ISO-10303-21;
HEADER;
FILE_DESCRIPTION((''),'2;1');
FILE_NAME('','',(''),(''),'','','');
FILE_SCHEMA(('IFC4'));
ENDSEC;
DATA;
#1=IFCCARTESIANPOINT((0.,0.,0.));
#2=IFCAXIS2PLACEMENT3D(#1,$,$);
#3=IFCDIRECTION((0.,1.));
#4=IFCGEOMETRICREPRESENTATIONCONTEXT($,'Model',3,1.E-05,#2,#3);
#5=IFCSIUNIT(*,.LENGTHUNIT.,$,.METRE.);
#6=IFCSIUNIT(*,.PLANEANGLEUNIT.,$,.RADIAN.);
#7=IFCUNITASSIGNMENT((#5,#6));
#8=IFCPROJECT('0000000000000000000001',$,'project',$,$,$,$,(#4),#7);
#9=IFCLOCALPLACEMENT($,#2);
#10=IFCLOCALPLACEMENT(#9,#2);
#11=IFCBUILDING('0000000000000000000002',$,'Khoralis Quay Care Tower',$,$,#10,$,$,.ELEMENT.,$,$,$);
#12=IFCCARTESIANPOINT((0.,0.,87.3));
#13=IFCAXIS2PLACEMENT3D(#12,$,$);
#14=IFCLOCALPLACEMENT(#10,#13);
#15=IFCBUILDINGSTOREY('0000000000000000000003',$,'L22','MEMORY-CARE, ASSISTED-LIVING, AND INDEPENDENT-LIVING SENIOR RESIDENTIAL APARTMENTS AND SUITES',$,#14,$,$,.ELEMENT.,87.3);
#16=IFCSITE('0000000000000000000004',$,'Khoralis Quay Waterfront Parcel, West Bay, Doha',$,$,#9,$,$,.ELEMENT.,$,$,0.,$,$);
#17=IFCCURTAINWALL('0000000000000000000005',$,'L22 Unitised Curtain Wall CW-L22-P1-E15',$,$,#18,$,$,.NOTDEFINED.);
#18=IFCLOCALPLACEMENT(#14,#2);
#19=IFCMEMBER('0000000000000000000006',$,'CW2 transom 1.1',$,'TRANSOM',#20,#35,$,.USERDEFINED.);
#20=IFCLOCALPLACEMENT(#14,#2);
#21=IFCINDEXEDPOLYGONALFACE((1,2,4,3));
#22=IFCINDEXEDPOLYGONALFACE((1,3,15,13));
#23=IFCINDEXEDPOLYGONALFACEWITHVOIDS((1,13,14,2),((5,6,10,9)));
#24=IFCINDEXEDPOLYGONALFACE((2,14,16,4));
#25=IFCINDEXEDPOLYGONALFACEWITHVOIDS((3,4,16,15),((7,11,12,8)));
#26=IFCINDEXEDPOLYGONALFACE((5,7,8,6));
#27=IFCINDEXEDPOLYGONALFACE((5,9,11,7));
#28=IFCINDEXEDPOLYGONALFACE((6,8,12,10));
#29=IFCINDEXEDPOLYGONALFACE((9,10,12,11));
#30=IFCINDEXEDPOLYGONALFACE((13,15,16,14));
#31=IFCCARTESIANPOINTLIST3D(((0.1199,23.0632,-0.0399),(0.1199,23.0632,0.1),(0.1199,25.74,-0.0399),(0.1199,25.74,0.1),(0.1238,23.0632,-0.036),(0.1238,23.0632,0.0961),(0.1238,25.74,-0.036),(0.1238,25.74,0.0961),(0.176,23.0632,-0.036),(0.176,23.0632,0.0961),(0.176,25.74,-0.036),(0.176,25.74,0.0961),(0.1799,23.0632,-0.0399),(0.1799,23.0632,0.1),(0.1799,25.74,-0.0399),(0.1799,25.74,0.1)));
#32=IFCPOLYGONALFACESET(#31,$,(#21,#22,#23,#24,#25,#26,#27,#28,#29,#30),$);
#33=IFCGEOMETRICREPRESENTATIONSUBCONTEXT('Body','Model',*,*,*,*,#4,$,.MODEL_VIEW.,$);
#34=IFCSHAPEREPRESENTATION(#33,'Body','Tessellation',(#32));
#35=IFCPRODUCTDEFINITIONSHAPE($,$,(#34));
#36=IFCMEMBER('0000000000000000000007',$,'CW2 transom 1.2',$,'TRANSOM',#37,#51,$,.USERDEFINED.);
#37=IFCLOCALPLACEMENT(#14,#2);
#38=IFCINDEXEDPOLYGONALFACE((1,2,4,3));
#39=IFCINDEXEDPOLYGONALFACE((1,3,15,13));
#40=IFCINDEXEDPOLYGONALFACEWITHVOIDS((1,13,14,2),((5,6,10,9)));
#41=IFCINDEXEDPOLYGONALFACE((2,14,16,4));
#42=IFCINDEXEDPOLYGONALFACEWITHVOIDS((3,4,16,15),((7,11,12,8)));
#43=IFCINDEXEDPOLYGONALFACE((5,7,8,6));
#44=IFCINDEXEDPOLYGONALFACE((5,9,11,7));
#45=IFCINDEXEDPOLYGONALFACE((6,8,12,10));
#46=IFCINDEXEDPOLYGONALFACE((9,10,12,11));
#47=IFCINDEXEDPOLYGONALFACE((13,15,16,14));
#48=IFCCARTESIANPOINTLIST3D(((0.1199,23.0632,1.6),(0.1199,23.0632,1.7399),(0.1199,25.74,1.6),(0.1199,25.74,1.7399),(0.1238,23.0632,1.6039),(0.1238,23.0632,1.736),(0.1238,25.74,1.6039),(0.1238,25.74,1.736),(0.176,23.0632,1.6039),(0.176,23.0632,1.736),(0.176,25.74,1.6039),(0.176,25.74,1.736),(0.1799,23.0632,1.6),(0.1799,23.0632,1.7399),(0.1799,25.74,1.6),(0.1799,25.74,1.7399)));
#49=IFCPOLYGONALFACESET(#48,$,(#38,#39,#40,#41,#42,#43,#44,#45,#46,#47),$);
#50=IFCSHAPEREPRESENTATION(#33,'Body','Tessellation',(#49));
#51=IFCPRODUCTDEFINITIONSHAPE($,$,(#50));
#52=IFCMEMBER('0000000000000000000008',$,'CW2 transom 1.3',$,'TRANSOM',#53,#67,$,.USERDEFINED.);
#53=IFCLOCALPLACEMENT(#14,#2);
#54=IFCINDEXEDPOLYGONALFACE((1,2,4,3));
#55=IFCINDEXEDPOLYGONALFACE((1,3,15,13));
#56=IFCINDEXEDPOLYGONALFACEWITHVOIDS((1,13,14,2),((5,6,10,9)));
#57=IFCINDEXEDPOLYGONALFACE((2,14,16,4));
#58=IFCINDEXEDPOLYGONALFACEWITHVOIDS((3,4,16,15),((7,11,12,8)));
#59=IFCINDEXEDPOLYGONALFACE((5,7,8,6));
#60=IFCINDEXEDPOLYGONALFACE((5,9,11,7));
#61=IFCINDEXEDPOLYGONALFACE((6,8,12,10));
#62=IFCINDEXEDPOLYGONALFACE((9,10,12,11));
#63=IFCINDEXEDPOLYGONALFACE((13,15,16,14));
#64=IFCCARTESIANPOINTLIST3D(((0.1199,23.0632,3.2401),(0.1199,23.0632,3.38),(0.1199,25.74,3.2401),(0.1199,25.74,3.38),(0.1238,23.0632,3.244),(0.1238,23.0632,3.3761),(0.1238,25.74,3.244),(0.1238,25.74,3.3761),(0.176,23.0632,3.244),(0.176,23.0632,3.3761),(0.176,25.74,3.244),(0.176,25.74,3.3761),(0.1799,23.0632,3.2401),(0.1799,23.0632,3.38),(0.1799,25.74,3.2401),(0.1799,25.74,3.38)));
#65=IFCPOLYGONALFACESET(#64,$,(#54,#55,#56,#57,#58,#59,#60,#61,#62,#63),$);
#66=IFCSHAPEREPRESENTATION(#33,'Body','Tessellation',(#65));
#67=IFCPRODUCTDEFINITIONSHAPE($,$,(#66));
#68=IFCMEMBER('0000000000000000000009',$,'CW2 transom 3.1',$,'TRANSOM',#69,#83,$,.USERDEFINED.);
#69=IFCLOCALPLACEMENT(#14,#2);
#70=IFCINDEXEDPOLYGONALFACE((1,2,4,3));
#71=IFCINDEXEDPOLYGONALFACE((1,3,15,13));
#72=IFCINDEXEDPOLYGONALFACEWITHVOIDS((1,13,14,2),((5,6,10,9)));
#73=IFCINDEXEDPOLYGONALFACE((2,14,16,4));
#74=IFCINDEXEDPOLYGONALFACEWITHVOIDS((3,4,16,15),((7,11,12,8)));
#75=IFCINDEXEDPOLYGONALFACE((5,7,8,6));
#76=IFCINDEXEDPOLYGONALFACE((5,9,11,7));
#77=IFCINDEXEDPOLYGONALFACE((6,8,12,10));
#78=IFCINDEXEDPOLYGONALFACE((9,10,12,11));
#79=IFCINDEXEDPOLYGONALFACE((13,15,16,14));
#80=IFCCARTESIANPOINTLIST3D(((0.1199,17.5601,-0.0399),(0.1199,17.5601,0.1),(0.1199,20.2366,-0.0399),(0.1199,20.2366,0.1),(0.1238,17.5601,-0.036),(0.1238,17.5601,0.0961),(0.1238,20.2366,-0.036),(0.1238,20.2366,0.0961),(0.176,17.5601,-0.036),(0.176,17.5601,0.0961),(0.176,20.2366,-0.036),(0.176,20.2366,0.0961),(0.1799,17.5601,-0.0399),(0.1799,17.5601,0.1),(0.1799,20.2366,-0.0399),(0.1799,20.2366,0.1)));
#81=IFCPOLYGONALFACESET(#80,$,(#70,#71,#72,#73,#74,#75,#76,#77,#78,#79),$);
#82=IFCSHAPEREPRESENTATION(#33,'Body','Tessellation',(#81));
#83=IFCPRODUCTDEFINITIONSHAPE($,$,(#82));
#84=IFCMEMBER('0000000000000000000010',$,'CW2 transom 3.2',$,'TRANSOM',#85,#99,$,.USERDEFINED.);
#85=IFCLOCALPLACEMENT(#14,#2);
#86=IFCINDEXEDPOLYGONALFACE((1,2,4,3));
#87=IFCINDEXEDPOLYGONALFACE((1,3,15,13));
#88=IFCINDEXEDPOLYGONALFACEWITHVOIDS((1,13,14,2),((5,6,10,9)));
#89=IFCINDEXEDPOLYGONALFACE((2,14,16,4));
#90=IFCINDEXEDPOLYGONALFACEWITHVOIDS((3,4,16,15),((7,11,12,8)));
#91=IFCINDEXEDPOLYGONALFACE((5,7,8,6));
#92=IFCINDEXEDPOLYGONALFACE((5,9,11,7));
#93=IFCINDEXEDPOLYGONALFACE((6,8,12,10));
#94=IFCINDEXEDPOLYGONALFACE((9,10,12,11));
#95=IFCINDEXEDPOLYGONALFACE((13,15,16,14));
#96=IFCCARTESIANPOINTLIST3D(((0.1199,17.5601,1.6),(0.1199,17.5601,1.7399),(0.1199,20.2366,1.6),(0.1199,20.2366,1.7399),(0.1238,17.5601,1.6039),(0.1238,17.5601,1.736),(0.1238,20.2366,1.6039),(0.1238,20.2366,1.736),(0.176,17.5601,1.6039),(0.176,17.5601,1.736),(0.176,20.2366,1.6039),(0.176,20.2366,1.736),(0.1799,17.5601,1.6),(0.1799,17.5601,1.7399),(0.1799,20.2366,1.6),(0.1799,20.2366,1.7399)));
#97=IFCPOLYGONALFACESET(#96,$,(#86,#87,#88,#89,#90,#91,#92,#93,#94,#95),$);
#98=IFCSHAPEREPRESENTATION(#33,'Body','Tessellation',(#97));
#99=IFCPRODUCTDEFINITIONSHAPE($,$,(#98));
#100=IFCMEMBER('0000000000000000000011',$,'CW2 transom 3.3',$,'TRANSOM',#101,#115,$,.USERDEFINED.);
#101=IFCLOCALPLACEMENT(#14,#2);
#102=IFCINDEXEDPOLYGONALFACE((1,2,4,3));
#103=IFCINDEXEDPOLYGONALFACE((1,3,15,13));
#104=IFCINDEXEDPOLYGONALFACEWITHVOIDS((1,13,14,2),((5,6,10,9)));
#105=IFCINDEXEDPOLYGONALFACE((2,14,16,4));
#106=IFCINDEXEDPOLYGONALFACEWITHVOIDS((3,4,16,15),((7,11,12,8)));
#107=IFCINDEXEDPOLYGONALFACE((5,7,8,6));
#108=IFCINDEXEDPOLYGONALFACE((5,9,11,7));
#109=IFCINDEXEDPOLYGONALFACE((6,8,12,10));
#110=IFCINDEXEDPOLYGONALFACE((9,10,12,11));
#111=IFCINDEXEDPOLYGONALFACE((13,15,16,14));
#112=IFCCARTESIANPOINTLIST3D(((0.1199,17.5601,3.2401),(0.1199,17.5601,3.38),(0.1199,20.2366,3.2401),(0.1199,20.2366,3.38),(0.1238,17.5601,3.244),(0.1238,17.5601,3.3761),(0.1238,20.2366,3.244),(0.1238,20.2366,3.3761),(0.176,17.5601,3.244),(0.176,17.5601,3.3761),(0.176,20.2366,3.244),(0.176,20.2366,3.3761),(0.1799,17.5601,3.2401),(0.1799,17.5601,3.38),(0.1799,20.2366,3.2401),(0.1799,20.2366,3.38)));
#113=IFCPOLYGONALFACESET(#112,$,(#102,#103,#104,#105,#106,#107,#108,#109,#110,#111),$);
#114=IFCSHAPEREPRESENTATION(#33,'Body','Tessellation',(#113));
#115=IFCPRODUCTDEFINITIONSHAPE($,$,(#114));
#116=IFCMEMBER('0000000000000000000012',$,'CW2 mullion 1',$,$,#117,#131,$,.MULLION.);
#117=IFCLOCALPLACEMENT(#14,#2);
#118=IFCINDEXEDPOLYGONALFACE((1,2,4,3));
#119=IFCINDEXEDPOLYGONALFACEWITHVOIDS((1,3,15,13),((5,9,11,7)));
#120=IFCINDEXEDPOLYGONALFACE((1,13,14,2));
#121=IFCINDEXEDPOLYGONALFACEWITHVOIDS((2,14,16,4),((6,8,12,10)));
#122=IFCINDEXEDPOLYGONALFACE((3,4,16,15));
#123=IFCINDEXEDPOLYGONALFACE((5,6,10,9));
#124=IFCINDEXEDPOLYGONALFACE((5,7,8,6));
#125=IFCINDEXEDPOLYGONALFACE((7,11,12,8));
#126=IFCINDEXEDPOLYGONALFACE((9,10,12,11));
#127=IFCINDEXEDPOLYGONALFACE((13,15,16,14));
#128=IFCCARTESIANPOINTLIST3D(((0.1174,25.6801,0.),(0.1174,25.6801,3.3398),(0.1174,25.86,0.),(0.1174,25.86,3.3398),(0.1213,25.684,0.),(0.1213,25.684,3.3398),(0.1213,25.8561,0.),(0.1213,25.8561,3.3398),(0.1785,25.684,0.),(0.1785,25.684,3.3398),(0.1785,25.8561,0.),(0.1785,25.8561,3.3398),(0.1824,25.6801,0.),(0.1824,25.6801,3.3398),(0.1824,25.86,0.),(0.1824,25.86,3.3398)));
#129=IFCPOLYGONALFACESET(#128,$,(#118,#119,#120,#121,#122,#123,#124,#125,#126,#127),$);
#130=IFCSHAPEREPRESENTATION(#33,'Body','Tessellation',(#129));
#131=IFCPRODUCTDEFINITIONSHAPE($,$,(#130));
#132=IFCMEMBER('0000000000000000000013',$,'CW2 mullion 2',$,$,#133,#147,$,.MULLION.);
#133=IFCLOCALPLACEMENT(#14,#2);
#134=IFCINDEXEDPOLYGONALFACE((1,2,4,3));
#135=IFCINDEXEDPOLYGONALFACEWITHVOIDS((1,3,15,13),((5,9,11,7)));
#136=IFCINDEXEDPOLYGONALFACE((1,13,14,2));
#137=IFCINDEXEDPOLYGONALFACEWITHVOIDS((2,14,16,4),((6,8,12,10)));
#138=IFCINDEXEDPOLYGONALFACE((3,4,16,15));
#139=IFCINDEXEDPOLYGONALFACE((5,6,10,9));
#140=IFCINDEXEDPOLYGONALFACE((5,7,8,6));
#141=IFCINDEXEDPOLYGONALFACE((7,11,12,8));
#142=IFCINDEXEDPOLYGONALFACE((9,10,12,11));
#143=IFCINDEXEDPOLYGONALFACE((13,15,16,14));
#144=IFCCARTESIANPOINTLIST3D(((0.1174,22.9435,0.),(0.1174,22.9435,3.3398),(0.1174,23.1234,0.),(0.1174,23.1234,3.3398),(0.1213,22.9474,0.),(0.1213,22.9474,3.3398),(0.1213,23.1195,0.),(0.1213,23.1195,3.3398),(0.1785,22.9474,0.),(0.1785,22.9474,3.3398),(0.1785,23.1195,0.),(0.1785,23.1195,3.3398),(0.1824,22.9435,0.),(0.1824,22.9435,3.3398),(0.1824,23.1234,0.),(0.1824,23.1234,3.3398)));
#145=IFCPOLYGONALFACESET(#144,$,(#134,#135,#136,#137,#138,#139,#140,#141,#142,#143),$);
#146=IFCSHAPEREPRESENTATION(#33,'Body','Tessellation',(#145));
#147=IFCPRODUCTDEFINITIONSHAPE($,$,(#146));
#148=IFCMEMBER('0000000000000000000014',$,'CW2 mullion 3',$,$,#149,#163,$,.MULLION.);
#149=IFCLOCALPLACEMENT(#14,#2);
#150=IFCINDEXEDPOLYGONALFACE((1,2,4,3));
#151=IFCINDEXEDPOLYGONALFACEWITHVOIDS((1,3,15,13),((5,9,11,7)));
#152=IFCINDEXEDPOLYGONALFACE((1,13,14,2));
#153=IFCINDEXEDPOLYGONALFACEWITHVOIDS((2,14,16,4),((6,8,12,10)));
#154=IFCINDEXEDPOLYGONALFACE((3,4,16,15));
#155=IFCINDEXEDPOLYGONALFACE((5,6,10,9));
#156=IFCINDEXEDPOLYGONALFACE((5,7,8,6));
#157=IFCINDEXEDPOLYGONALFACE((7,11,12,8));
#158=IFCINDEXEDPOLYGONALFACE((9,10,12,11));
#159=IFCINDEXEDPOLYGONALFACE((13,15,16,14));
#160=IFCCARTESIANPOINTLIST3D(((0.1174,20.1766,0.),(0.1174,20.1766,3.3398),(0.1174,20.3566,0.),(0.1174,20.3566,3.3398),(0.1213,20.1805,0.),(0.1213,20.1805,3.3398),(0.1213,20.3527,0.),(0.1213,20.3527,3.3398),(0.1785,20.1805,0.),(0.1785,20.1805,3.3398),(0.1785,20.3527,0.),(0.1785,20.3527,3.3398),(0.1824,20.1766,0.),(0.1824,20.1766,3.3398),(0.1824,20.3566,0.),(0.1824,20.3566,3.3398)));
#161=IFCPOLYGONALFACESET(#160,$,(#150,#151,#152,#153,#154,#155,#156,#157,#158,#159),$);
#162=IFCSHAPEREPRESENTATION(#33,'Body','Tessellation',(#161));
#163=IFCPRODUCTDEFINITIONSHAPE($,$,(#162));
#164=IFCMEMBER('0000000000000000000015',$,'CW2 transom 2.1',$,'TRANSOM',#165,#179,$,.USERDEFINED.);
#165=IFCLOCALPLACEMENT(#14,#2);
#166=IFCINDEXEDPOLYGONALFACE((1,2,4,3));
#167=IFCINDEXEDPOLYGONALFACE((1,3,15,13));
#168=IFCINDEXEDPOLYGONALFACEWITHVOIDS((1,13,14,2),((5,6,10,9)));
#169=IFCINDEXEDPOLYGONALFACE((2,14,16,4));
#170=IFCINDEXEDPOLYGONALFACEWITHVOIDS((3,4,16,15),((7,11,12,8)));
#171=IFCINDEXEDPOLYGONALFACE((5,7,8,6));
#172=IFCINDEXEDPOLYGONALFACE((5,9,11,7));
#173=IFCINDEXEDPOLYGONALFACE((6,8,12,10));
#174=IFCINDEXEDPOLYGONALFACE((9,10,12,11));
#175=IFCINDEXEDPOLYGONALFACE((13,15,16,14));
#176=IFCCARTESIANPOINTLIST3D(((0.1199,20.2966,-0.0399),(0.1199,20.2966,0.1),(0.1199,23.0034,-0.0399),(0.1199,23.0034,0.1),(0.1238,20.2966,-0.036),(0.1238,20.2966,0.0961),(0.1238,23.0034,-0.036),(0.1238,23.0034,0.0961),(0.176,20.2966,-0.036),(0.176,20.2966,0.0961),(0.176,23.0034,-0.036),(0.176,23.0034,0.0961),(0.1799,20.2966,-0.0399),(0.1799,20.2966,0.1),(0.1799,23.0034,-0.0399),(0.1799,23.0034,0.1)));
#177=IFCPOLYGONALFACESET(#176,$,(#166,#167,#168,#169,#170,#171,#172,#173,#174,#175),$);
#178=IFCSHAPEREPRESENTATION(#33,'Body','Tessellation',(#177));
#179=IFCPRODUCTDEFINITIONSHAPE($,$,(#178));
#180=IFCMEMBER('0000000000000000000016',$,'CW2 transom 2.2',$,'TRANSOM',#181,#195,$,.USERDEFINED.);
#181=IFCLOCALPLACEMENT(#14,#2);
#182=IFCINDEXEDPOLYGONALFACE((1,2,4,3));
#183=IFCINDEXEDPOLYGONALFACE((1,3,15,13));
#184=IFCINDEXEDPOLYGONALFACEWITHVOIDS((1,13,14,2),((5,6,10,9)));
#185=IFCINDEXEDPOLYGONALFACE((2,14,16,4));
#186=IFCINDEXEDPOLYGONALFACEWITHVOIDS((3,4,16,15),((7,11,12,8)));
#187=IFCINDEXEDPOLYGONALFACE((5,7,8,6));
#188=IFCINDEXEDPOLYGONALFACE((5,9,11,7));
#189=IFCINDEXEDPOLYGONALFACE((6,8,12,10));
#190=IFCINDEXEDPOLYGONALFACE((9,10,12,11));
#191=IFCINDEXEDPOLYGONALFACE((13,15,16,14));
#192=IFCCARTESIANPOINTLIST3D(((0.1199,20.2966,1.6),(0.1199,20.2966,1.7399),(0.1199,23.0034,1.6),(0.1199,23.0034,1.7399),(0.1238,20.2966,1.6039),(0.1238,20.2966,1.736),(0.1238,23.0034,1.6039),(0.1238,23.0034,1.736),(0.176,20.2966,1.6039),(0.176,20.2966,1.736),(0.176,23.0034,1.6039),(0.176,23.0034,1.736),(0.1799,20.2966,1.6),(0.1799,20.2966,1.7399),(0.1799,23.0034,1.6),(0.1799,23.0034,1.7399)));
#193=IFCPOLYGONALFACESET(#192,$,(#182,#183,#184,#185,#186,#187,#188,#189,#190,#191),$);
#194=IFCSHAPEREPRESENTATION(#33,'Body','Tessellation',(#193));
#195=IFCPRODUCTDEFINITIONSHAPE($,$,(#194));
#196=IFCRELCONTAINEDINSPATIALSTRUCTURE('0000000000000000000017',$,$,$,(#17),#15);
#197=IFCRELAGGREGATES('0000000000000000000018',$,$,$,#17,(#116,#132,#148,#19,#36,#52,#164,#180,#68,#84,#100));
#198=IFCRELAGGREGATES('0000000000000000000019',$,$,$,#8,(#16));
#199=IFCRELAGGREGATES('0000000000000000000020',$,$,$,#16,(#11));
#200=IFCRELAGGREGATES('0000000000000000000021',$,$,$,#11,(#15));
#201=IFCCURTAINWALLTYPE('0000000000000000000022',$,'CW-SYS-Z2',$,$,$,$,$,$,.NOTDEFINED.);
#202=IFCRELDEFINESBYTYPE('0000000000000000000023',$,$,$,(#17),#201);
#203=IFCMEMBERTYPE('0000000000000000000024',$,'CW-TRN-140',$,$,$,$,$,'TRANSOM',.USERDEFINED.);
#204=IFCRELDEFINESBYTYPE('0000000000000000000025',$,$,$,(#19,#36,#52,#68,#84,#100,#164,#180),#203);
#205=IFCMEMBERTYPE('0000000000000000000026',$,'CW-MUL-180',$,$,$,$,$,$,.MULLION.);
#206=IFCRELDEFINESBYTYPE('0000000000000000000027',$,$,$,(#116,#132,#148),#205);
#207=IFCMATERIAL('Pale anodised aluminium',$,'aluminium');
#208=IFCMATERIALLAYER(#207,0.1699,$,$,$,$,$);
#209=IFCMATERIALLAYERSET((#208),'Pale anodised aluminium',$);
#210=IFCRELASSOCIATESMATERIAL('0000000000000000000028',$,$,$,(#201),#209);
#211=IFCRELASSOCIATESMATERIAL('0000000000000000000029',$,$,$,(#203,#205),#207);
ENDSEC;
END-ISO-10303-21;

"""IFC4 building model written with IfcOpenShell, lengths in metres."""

from ifc_helpers import new_model, si_unit, direction, frame, origin, origin_2d, place, context, subcontext, project, spatial, hollow_rectangle, extrude, source, transform, mapped, material, layer, layer_set, material_profile, profile_set, type_object, element, aggregate, save


model = new_model("IFC4")

# Units and contexts
model_context = context("Model", 3, precision=1e-05, world=origin(), true_north=direction((0.0, 1.0)))
body_context = subcontext(model_context, "Body", "Model", "MODEL_VIEW")
ifc_project = project(units=[si_unit("LENGTHUNIT", "METRE"), si_unit("PLANEANGLEUNIT", "RADIAN")], contexts=[model_context])

# Site, building, storey
site_placement = place(None, origin())
site = spatial("IfcSite", under=ifc_project, at=site_placement, Name="Khoralis Quay Waterfront Parcel, West Bay, Doha", CompositionType="ELEMENT", RefElevation=0.0)
building_placement = place(site_placement, origin())
building = spatial("IfcBuilding", under=site, at=building_placement, Name="Khoralis Quay Care Tower", CompositionType="ELEMENT")
storey_placement = place(building_placement, frame((0.0, 0.0, 87.3)))
storey = spatial("IfcBuildingStorey", under=building, at=storey_placement, Name="L22", Description="MEMORY-CARE, ASSISTED-LIVING, AND INDEPENDENT-LIVING SENIOR RESIDENTIAL APARTMENTS AND SUITES", CompositionType="ELEMENT", Elevation=87.3)

# Curtain wall, members
ifc_material_1 = material(Name="Pale anodised aluminium", Category="aluminium")
ifc_layer_1 = layer(ifc_material_1, 0.1699)
ifc_layer_set_1 = layer_set([ifc_layer_1], Name="Pale anodised aluminium")
curtain_wall_type = type_object("IfcCurtainWallType", Name="CW-SYS-Z2", PredefinedType="NOTDEFINED", material=ifc_layer_set_1)
curtain_wall_placement = place(storey_placement, origin())
curtain_wall = element("IfcCurtainWall", 1, at=curtain_wall_placement, inside=storey, type_object=curtain_wall_type, Name="L22 Unitised Curtain Wall CW-L22-P1-E15", PredefinedType="NOTDEFINED")
ifc_material_profile_1 = material_profile(ifc_material_1, hollow_rectangle(XDim=0.0601, YDim=0.1399, WallThickness=0.0039, at=origin_2d()), Name="Pale anodised aluminium")
ifc_profile_set_1 = profile_set([ifc_material_profile_1], Name="Pale anodised aluminium")
member_type_1 = type_object("IfcMemberType", Name="CW-TRN-140", ElementType="TRANSOM", PredefinedType="USERDEFINED", material=ifc_profile_set_1)
shared_shape_1 = source(origin(), body_context, "Body", "SweptSolid", [
    extrude(hollow_rectangle(XDim=0.0601, YDim=0.1399, WallThickness=0.0039, at=origin_2d()), origin(), (0.0, 0.0, 1.0), 2.6768),
])
member_1_placement = place(storey_placement, frame((0.1499, 25.74, 0.03), z_axis=(0.0, -1.0, 0.0), x_axis=(1.0, 0.0, 0.0)))
member_1 = element("IfcMember", 2, at=member_1_placement, type_object=member_type_1, Name="CW2 transom 1.1", ObjectType="TRANSOM", PredefinedType="USERDEFINED", context=body_context, shape_type="MappedRepresentation", body=[
    mapped(shared_shape_1, transform((0.0, 0.0, 0.0), scale=1.0)),
])
member_2_placement = place(storey_placement, frame((0.1499, 25.74, 1.6699), z_axis=(0.0, -1.0, 0.0), x_axis=(1.0, 0.0, 0.0)))
member_2 = element("IfcMember", 3, at=member_2_placement, type_object=member_type_1, Name="CW2 transom 1.2", ObjectType="TRANSOM", PredefinedType="USERDEFINED", context=body_context, shape_type="MappedRepresentation", body=[
    mapped(shared_shape_1, transform((0.0, 0.0, 0.0), scale=1.0)),
])
member_3_placement = place(storey_placement, frame((0.1499, 25.74, 3.3101), z_axis=(0.0, -1.0, 0.0), x_axis=(1.0, 0.0, 0.0)))
member_3 = element("IfcMember", 4, at=member_3_placement, type_object=member_type_1, Name="CW2 transom 1.3", ObjectType="TRANSOM", PredefinedType="USERDEFINED", context=body_context, shape_type="MappedRepresentation", body=[
    mapped(shared_shape_1, transform((0.0, 0.0, 0.0), scale=1.0)),
])
shared_shape_2 = source(origin(), body_context, "Body", "SweptSolid", [
    extrude(hollow_rectangle(XDim=0.0601, YDim=0.1399, WallThickness=0.0039, at=origin_2d()), origin(), (0.0, 0.0, 1.0), 2.6765),
])
member_4_placement = place(storey_placement, frame((0.1499, 20.2366, 0.03), z_axis=(0.0, -1.0, 0.0), x_axis=(1.0, 0.0, 0.0)))
member_4 = element("IfcMember", 5, at=member_4_placement, type_object=member_type_1, Name="CW2 transom 3.1", ObjectType="TRANSOM", PredefinedType="USERDEFINED", context=body_context, shape_type="MappedRepresentation", body=[
    mapped(shared_shape_2, transform((0.0, 0.0, 0.0), scale=1.0)),
])
member_5_placement = place(storey_placement, frame((0.1499, 20.2366, 1.6699), z_axis=(0.0, -1.0, 0.0), x_axis=(1.0, 0.0, 0.0)))
member_5 = element("IfcMember", 6, at=member_5_placement, type_object=member_type_1, Name="CW2 transom 3.2", ObjectType="TRANSOM", PredefinedType="USERDEFINED", context=body_context, shape_type="MappedRepresentation", body=[
    mapped(shared_shape_2, transform((0.0, 0.0, 0.0), scale=1.0)),
])
member_6_placement = place(storey_placement, frame((0.1499, 20.2366, 3.3101), z_axis=(0.0, -1.0, 0.0), x_axis=(1.0, 0.0, 0.0)))
member_6 = element("IfcMember", 7, at=member_6_placement, type_object=member_type_1, Name="CW2 transom 3.3", ObjectType="TRANSOM", PredefinedType="USERDEFINED", context=body_context, shape_type="MappedRepresentation", body=[
    mapped(shared_shape_2, transform((0.0, 0.0, 0.0), scale=1.0)),
])
ifc_material_profile_2 = material_profile(ifc_material_1, hollow_rectangle(XDim=0.0649, YDim=0.1799, WallThickness=0.0039, at=origin_2d()), Name="Pale anodised aluminium")
ifc_profile_set_2 = profile_set([ifc_material_profile_2], Name="Pale anodised aluminium")
member_type_2 = type_object("IfcMemberType", Name="CW-MUL-180", PredefinedType="MULLION", material=ifc_profile_set_2)
shared_shape_3 = source(origin(), body_context, "Body", "SweptSolid", [
    extrude(hollow_rectangle(XDim=0.0649, YDim=0.1799, WallThickness=0.0039, at=origin_2d()), origin(), (0.0, 0.0, 1.0), 3.3398),
])
member_7_placement = place(storey_placement, frame((0.1499, 25.77, 0.0), z_axis=(0.0, 0.0, 1.0), x_axis=(1.0, 0.0, 0.0)))
member_7 = element("IfcMember", 8, at=member_7_placement, type_object=member_type_2, Name="CW2 mullion 1", PredefinedType="MULLION", context=body_context, shape_type="MappedRepresentation", body=[
    mapped(shared_shape_3, transform((0.0, 0.0, 0.0), scale=1.0)),
])
member_8_placement = place(storey_placement, frame((0.1499, 23.0334, 0.0), z_axis=(0.0, 0.0, 1.0), x_axis=(1.0, 0.0, 0.0)))
member_8 = element("IfcMember", 9, at=member_8_placement, type_object=member_type_2, Name="CW2 mullion 2", PredefinedType="MULLION", context=body_context, shape_type="MappedRepresentation", body=[
    mapped(shared_shape_3, transform((0.0, 0.0, 0.0), scale=1.0)),
])
member_9_placement = place(storey_placement, frame((0.1499, 20.2666, 0.0), z_axis=(0.0, 0.0, 1.0), x_axis=(1.0, 0.0, 0.0)))
member_9 = element("IfcMember", 10, at=member_9_placement, type_object=member_type_2, Name="CW2 mullion 3", PredefinedType="MULLION", context=body_context, shape_type="MappedRepresentation", body=[
    mapped(shared_shape_3, transform((0.0, 0.0, 0.0), scale=1.0)),
])
shared_shape_4 = source(origin(), body_context, "Body", "SweptSolid", [
    extrude(hollow_rectangle(XDim=0.0601, YDim=0.1399, WallThickness=0.0039, at=origin_2d()), origin(), (0.0, 0.0, 1.0), 2.7068),
])
member_10_placement = place(storey_placement, frame((0.1499, 23.0034, 0.03), z_axis=(0.0, -1.0, 0.0), x_axis=(1.0, 0.0, 0.0)))
member_10 = element("IfcMember", 11, at=member_10_placement, type_object=member_type_1, Name="CW2 transom 2.1", ObjectType="TRANSOM", PredefinedType="USERDEFINED", context=body_context, shape_type="MappedRepresentation", body=[
    mapped(shared_shape_4, transform((0.0, 0.0, 0.0), scale=1.0)),
])
member_11_placement = place(storey_placement, frame((0.1499, 23.0034, 1.6699), z_axis=(0.0, -1.0, 0.0), x_axis=(1.0, 0.0, 0.0)))
member_11 = element("IfcMember", 12, at=member_11_placement, type_object=member_type_1, Name="CW2 transom 2.2", ObjectType="TRANSOM", PredefinedType="USERDEFINED", context=body_context, shape_type="MappedRepresentation", body=[
    mapped(shared_shape_4, transform((0.0, 0.0, 0.0), scale=1.0)),
])
aggregate(curtain_wall, [member_7, member_8, member_9, member_1, member_2, member_3, member_10, member_11, member_4, member_5, member_6])

save(model, "model.ifc")
